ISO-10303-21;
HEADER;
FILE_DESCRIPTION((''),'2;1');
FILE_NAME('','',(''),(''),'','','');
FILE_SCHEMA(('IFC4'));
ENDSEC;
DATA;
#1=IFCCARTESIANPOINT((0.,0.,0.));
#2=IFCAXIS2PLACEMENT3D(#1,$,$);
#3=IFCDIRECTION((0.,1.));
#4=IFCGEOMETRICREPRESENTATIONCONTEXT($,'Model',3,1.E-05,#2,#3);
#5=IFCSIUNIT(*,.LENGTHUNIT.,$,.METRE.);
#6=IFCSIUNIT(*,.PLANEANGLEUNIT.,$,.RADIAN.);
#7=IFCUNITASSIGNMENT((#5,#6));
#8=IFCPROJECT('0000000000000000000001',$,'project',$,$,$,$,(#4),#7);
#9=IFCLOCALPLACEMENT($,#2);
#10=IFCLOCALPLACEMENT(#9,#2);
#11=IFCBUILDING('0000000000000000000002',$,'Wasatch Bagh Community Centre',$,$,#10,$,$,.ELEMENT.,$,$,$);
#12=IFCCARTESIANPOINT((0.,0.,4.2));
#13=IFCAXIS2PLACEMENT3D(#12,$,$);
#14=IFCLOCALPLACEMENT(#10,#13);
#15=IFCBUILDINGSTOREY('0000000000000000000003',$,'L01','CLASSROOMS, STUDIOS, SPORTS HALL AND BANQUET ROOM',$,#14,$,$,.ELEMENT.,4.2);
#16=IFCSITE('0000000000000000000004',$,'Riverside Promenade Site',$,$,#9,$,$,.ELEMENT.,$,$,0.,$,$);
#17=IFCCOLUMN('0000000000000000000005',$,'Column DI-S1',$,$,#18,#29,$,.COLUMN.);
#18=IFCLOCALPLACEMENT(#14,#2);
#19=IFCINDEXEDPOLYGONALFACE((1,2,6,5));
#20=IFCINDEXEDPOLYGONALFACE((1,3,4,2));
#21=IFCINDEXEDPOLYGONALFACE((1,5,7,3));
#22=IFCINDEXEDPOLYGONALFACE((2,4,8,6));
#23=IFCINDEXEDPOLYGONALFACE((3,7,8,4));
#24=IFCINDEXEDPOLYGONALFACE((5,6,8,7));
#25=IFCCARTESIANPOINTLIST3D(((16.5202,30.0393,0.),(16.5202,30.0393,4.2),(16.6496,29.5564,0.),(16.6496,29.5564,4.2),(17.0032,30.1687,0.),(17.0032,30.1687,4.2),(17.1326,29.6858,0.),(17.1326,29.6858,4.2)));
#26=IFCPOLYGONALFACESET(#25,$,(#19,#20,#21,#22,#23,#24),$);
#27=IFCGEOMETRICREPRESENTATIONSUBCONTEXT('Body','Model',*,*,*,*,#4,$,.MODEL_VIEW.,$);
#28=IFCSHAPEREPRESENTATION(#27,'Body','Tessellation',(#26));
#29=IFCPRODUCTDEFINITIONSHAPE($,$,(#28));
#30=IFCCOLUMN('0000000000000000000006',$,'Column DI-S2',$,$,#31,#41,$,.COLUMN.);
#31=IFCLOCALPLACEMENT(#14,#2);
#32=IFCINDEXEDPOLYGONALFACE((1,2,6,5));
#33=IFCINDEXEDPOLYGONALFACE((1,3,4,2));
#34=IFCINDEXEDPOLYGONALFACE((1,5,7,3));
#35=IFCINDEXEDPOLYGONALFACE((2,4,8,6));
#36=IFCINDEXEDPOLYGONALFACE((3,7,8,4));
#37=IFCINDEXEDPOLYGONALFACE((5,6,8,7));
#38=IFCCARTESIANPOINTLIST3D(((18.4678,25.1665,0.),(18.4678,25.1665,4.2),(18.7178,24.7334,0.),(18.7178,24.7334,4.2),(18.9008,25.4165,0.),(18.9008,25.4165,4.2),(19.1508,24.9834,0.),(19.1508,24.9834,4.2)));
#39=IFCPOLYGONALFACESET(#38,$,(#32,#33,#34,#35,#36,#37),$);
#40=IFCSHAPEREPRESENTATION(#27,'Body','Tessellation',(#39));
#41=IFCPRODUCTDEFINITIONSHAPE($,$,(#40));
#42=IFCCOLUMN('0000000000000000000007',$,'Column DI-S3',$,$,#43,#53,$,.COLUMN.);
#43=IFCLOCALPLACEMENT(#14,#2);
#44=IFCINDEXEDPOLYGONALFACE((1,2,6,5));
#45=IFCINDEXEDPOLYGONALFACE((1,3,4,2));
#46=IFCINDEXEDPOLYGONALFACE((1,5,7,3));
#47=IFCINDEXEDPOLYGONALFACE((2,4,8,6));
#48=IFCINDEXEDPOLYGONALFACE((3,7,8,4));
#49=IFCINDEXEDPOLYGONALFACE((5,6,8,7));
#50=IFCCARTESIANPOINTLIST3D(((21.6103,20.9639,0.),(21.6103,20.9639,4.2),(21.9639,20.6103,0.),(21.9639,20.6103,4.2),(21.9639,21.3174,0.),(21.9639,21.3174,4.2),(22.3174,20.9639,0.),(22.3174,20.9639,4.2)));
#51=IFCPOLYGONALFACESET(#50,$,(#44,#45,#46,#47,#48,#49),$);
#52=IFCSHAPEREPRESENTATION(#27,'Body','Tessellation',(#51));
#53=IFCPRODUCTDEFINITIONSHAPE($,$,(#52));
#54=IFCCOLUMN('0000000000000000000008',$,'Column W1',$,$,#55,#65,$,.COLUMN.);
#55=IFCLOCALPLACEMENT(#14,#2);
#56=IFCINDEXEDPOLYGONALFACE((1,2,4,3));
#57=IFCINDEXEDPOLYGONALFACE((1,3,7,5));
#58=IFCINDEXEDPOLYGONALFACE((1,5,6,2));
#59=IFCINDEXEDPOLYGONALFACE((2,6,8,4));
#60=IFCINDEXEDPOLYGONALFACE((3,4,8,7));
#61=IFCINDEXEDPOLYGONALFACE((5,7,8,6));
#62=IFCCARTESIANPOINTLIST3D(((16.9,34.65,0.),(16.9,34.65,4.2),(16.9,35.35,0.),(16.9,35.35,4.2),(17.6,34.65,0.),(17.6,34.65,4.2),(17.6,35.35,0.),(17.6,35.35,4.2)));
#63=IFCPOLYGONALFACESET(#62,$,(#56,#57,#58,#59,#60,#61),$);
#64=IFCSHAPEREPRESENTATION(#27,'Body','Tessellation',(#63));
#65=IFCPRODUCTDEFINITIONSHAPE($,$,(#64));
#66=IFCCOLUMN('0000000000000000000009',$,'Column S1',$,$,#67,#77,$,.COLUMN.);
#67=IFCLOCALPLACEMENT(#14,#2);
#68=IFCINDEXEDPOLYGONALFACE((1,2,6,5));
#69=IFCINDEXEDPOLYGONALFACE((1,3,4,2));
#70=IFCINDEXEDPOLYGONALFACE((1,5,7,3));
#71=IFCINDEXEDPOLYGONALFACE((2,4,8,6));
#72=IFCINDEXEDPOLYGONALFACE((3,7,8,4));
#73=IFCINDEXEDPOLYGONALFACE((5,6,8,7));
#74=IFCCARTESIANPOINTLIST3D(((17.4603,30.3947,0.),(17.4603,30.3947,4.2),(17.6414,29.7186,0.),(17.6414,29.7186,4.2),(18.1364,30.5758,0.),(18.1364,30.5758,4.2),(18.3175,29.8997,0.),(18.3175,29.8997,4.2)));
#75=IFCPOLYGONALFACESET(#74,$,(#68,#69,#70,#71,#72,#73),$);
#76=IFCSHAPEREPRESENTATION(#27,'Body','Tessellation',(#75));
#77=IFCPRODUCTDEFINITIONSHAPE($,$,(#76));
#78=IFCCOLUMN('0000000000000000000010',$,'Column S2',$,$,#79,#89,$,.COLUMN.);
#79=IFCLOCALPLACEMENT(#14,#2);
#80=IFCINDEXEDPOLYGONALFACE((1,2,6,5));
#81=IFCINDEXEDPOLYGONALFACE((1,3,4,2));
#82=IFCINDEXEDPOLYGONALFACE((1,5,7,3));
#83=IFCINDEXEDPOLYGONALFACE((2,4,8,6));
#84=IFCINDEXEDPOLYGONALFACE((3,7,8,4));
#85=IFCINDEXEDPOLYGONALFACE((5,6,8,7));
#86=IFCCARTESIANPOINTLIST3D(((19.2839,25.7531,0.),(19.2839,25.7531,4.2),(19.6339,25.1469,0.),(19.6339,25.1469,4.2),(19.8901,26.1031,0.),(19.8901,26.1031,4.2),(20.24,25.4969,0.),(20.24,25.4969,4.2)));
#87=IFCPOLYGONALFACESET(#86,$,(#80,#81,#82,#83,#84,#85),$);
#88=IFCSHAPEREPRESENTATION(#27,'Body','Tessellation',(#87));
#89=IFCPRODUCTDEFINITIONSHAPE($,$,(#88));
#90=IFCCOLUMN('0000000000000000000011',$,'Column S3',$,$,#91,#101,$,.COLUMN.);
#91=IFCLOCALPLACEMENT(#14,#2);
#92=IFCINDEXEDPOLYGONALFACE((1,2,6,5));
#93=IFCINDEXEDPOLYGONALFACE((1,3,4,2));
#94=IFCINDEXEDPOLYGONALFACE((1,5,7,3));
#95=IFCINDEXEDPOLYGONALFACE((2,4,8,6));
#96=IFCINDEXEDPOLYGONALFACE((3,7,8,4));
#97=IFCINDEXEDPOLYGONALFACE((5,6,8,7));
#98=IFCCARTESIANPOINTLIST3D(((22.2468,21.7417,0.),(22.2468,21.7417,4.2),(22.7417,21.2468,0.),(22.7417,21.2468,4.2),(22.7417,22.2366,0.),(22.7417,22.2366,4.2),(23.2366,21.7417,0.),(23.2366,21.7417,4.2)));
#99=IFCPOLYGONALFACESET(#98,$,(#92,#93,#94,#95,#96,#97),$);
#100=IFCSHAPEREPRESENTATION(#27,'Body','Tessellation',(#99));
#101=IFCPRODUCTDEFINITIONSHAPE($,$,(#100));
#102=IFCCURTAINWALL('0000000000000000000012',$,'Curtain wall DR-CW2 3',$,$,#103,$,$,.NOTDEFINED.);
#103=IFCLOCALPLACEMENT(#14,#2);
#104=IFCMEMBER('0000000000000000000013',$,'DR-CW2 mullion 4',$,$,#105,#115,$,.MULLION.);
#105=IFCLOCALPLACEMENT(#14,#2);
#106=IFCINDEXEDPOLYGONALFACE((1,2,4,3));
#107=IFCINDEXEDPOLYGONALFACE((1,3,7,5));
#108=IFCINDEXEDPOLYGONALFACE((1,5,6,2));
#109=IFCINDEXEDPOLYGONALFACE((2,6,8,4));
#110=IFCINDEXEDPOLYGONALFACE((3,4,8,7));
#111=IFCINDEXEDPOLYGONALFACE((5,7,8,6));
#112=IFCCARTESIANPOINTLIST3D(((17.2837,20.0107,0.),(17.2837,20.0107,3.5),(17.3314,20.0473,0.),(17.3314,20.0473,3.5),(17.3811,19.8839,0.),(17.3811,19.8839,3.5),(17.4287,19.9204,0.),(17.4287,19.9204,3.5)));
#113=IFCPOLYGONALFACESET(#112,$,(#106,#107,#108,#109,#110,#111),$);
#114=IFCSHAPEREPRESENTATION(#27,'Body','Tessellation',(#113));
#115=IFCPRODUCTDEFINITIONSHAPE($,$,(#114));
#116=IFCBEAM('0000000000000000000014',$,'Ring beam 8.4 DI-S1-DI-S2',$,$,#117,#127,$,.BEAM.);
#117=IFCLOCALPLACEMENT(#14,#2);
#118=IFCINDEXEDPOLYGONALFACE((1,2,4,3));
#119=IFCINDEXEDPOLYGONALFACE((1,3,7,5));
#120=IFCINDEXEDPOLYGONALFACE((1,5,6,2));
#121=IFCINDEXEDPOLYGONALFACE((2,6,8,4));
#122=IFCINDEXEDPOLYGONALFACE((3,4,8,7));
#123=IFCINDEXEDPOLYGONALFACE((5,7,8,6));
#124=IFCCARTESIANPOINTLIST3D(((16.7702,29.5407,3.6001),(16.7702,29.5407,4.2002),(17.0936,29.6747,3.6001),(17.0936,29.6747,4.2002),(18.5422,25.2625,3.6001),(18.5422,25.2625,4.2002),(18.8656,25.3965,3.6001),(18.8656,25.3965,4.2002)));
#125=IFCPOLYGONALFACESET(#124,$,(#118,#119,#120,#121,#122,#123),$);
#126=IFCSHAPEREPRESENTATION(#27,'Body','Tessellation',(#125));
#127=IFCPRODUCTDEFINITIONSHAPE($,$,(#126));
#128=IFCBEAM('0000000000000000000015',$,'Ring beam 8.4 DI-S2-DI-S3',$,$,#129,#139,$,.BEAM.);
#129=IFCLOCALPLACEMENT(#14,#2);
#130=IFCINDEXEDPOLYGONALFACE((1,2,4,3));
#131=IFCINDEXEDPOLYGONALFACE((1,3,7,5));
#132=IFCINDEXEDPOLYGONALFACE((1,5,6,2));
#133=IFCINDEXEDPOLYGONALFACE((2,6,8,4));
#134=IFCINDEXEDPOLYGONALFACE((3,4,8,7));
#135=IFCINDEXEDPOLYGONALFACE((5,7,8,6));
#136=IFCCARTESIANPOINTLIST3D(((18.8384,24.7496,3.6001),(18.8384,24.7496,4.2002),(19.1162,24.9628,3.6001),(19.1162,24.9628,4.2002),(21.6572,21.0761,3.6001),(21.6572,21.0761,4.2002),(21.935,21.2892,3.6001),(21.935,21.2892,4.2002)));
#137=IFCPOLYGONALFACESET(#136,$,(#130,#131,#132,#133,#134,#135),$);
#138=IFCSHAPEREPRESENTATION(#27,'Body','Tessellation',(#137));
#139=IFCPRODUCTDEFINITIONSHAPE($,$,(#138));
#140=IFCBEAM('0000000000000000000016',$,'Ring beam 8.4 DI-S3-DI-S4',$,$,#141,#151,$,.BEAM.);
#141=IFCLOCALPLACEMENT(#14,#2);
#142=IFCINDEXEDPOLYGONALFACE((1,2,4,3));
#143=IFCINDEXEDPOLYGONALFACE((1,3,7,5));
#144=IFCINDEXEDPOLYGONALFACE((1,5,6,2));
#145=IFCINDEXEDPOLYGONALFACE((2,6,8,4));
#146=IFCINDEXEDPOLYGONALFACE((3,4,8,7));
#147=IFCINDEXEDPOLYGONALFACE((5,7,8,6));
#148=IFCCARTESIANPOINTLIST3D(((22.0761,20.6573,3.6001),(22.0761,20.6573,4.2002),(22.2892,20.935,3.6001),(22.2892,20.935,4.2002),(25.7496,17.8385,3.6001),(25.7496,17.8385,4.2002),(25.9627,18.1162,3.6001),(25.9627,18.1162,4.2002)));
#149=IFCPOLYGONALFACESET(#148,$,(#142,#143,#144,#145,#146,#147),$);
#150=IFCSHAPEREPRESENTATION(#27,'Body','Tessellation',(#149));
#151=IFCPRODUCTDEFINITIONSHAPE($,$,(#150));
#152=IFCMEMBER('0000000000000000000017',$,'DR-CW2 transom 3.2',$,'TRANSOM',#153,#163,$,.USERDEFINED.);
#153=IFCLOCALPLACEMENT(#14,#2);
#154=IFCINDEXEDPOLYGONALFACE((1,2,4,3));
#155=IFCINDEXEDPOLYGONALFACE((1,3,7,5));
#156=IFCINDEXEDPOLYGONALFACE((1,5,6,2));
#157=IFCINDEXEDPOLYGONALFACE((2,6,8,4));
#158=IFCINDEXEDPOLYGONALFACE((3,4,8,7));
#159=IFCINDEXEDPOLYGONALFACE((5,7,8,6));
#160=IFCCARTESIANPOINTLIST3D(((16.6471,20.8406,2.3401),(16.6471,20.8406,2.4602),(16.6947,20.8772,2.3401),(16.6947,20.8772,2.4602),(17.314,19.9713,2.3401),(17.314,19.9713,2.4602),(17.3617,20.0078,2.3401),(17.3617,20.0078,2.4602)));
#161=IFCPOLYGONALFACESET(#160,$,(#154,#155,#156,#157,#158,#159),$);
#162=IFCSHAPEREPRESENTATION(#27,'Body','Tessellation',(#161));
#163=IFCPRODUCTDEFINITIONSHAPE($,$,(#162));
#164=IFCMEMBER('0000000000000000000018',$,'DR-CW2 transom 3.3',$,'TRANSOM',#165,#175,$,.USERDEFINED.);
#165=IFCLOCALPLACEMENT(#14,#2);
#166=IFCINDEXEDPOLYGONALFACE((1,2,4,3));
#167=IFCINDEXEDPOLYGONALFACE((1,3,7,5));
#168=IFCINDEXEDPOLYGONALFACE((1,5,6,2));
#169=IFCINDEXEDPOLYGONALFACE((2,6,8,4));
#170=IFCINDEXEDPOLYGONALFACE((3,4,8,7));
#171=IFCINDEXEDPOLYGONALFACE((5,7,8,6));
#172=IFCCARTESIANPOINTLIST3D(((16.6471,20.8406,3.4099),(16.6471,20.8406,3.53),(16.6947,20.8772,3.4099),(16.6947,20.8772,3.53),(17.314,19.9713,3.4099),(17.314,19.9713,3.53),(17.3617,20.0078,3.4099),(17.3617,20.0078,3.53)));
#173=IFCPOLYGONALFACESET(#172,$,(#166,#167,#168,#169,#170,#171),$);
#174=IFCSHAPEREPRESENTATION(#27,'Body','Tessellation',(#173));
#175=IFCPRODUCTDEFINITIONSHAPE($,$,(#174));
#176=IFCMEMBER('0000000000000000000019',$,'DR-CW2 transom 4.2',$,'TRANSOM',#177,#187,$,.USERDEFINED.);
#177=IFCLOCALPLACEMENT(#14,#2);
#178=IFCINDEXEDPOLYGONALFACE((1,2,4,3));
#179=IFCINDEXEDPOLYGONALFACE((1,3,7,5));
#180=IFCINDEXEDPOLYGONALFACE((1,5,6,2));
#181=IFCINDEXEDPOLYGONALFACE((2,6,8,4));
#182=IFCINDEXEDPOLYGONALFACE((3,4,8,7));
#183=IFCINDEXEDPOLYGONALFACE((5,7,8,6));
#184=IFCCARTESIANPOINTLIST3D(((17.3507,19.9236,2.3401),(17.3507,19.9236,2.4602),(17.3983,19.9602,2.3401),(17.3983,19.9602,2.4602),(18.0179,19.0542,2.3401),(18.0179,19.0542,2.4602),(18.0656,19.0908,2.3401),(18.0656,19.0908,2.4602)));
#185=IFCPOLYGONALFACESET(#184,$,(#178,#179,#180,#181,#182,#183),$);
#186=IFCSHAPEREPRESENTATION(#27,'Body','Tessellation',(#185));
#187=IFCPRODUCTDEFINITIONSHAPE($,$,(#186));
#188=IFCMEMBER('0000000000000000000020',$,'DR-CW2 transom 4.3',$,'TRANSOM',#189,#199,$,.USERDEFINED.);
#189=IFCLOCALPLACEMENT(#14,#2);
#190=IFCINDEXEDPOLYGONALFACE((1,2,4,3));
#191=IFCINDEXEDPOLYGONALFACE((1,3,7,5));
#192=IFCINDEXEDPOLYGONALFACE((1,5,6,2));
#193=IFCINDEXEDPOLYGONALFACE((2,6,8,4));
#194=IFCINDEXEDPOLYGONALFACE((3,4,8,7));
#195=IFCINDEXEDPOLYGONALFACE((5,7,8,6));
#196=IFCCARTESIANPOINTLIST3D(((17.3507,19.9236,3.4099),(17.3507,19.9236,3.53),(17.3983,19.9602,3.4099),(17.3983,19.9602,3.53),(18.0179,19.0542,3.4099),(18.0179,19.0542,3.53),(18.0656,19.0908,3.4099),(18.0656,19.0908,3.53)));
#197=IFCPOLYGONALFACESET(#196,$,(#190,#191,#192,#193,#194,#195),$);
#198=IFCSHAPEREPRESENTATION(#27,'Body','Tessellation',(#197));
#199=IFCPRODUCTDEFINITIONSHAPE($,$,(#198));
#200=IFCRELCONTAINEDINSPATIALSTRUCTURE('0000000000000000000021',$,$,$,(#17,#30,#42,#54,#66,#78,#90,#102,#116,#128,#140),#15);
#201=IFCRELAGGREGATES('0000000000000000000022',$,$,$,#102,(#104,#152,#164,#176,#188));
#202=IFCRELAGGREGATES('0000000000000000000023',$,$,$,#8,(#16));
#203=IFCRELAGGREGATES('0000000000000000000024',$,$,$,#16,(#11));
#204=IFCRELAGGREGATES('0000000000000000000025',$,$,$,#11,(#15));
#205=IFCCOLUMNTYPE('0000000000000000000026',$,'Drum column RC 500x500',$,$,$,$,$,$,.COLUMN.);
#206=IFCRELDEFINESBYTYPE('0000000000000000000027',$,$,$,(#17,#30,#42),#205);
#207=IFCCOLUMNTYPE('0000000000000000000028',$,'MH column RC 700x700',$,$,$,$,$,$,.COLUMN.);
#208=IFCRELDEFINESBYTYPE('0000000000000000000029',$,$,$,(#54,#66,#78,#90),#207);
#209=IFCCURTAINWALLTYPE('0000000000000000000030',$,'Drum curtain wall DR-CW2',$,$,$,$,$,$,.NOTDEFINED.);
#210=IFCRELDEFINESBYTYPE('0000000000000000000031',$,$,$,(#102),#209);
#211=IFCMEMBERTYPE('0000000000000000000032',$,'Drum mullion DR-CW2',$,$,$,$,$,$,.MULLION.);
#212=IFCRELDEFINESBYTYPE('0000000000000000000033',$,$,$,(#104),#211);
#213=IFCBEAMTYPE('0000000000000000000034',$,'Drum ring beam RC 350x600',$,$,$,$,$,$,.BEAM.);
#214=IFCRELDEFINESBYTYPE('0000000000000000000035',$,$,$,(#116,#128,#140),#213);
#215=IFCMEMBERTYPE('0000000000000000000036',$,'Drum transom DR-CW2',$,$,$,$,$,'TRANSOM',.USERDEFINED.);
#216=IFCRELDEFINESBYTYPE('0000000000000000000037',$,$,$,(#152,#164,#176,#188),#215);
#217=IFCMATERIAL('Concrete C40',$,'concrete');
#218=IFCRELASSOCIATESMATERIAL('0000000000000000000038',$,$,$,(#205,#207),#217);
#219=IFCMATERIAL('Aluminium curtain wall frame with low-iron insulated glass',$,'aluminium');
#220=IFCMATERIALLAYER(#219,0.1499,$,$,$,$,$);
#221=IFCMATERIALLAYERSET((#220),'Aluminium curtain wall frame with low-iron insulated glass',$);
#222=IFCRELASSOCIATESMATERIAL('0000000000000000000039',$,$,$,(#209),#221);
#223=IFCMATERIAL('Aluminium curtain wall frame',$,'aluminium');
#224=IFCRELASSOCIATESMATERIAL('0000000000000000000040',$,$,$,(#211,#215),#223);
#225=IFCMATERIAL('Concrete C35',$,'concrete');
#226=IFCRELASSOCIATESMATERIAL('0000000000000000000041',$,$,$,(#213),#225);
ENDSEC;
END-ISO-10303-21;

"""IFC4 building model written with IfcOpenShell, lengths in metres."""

from ifc_helpers import new_model, si_unit, direction, frame, origin, origin_2d, place, context, subcontext, project, spatial, rectangle, extrude, material, layer, layer_set, material_profile, profile_set, type_object, element, aggregate, save


model = new_model("IFC4")

# Units and contexts
model_context = context("Model", 3, precision=1e-05, world=origin(), true_north=direction((0.0, 1.0)))
body_context = subcontext(model_context, "Body", "Model", "MODEL_VIEW")
ifc_project = project(units=[si_unit("LENGTHUNIT", "METRE"), si_unit("PLANEANGLEUNIT", "RADIAN")], contexts=[model_context])

# Site, building, storey
site_placement = place(None, origin())
site = spatial("IfcSite", under=ifc_project, at=site_placement, Name="Riverside Promenade Site", CompositionType="ELEMENT", RefElevation=0.0)
building_placement = place(site_placement, origin())
building = spatial("IfcBuilding", under=site, at=building_placement, Name="Wasatch Bagh Community Centre", CompositionType="ELEMENT")
storey_placement = place(building_placement, frame((0.0, 0.0, 4.2)))
storey = spatial("IfcBuildingStorey", under=building, at=storey_placement, Name="L01", Description="CLASSROOMS, STUDIOS, SPORTS HALL AND BANQUET ROOM", CompositionType="ELEMENT", Elevation=4.2)

# Columns
ifc_material_1 = material(Name="Concrete C40", Category="concrete")
ifc_material_profile_1 = material_profile(ifc_material_1, rectangle(XDim=0.5, YDim=0.5, at=origin_2d()), Name="RC 500x500")
ifc_profile_set_1 = profile_set([ifc_material_profile_1], Name="Concrete C40")
column_type_1 = type_object("IfcColumnType", Name="Drum column RC 500x500", PredefinedType="COLUMN", material=ifc_profile_set_1)
for number, where, z_axis, x_axis, name in (
    (1, (16.8264, 29.8625, 0.0), (0.0, 0.0, 1.0), (0.965926, 0.258819, 0.0), "Column DI-S1"),
    (2, (18.8093, 25.075, 0.0), (0.0, 0.0, 1.0), (0.866025, 0.5, 0.0), "Column DI-S2"),
    (3, (21.9639, 20.9639, 0.0), (0.0, 0.0, 1.0), (0.707107, 0.707107, 0.0), "Column DI-S3"),
):
    element("IfcColumn", number, at=place(storey_placement, frame(where, z_axis=z_axis, x_axis=x_axis)), inside=storey, type_object=column_type_1, Name=name, PredefinedType="COLUMN", context=body_context, shape_type="SweptSolid", body=[
        extrude(rectangle(XDim=0.5, YDim=0.5, at=origin_2d()), origin(), (0.0, 0.0, 1.0), 4.2),
    ])
ifc_material_profile_2 = material_profile(ifc_material_1, rectangle(XDim=0.7, YDim=0.7, at=origin_2d()), Name="RC 700x700")
ifc_profile_set_2 = profile_set([ifc_material_profile_2], Name="Concrete C40")
column_type_2 = type_object("IfcColumnType", Name="MH column RC 700x700", PredefinedType="COLUMN", material=ifc_profile_set_2)
for number, where, z_axis, x_axis, name in (
    (4, (17.25, 35.0, 0.0), (0.0, 0.0, 1.0), (1.0, 0.0, 0.0), "Column W1"),
    (5, (17.8889, 30.1472, 0.0), (0.0, 0.0, 1.0), (0.965926, 0.258819, 0.0), "Column S1"),
    (6, (19.762, 25.625, 0.0), (0.0, 0.0, 1.0), (0.866025, 0.5, 0.0), "Column S2"),
    (7, (22.7417, 21.7417, 0.0), (0.0, 0.0, 1.0), (0.707107, 0.707107, 0.0), "Column S3"),
):
    element("IfcColumn", number, at=place(storey_placement, frame(where, z_axis=z_axis, x_axis=x_axis)), inside=storey, type_object=column_type_2, Name=name, PredefinedType="COLUMN", context=body_context, shape_type="SweptSolid", body=[
        extrude(rectangle(XDim=0.7, YDim=0.7, at=origin_2d()), origin(), (0.0, 0.0, 1.0), 4.2),
    ])

# Curtain wall, member
ifc_material_2 = material(Name="Aluminium curtain wall frame with low-iron insulated glass", Category="aluminium")
ifc_layer_1 = layer(ifc_material_2, 0.1499)
ifc_layer_set_1 = layer_set([ifc_layer_1], Name="Aluminium curtain wall frame with low-iron insulated glass")
curtain_wall_type = type_object("IfcCurtainWallType", Name="Drum curtain wall DR-CW2", PredefinedType="NOTDEFINED", material=ifc_layer_set_1)
curtain_wall_placement = place(storey_placement, origin())
curtain_wall = element("IfcCurtainWall", 8, at=curtain_wall_placement, inside=storey, type_object=curtain_wall_type, Name="Curtain wall DR-CW2 3", PredefinedType="NOTDEFINED")
ifc_material_3 = material(Name="Aluminium curtain wall frame", Category="aluminium")
ifc_material_profile_3 = material_profile(ifc_material_3, rectangle(XDim=0.0601, YDim=0.1599, at=origin_2d()), Name="Drum mullion DR-CW2")
ifc_profile_set_3 = profile_set([ifc_material_profile_3], Name="Aluminium curtain wall frame")
member_type_1 = type_object("IfcMemberType", Name="Drum mullion DR-CW2", PredefinedType="MULLION", material=ifc_profile_set_3)
member_1_placement = place(storey_placement, frame((17.3562, 19.9656, 0.0), z_axis=(0.0, 0.0, 1.0), x_axis=(0.793353, 0.608761, 0.0)))
member_1 = element("IfcMember", 9, at=member_1_placement, type_object=member_type_1, Name="DR-CW2 mullion 4", PredefinedType="MULLION", context=body_context, shape_type="SweptSolid", body=[
    extrude(rectangle(XDim=0.0601, YDim=0.1599, at=origin_2d()), origin(), (0.0, 0.0, 1.0), 3.5),
])

# Beams
ifc_material_4 = material(Name="Concrete C35", Category="concrete")
ifc_material_profile_4 = material_profile(ifc_material_4, rectangle(XDim=0.3501, YDim=0.6001, at=origin_2d()), Name="RC 350x600")
ifc_profile_set_4 = profile_set([ifc_material_profile_4], Name="Concrete C35")
beam_type_1 = type_object("IfcBeamType", Name="Drum ring beam RC 350x600", PredefinedType="BEAM", material=ifc_profile_set_4)
beam_placement = place(storey_placement, frame((16.9319, 29.6077, 3.9001), z_axis=(0.382672, -0.923884, 0.0), x_axis=(0.923884, 0.382672, 0.0)))
element("IfcBeam", 10, at=beam_placement, inside=storey, type_object=beam_type_1, Name="Ring beam 8.4 DI-S1-DI-S2", PredefinedType="BEAM", context=body_context, shape_type="SweptSolid", body=[
    extrude(rectangle(XDim=0.3501, YDim=0.6001, at=origin_2d()), origin(), (0.0, 0.0, 1.0), 4.6306),
])
for number, where, z_axis, x_axis, name in (
    (11, (18.9773, 24.8562, 3.9001), (0.608762, -0.793353, 0.0), (0.793353, 0.608762, 0.0), "Ring beam 8.4 DI-S2-DI-S3"),
    (12, (22.1826, 20.7961, 3.9001), (0.793353, -0.608762, 0.0), (0.608762, 0.793353, 0.0), "Ring beam 8.4 DI-S3-DI-S4"),
):
    element("IfcBeam", number, at=place(storey_placement, frame(where, z_axis=z_axis, x_axis=x_axis)), inside=storey, type_object=beam_type_1, Name=name, PredefinedType="BEAM", context=body_context, shape_type="SweptSolid", body=[
        extrude(rectangle(XDim=0.3501, YDim=0.6001, at=origin_2d()), origin(), (0.0, 0.0, 1.0), 4.6304),
    ])

# Members
ifc_material_profile_5 = material_profile(ifc_material_3, rectangle(XDim=0.0601, YDim=0.1201, at=origin_2d()), Name="Drum transom DR-CW2")
ifc_profile_set_5 = profile_set([ifc_material_profile_5], Name="Aluminium curtain wall frame")
member_type_2 = type_object("IfcMemberType", Name="Drum transom DR-CW2", ElementType="TRANSOM", PredefinedType="USERDEFINED", material=ifc_profile_set_5)
member_2_placement = place(storey_placement, frame((16.6709, 20.8589, 2.4001), z_axis=(0.608698, -0.793402, 0.0), x_axis=(0.793402, 0.608698, 0.0)))
member_2 = element("IfcMember", 13, at=member_2_placement, type_object=member_type_2, Name="DR-CW2 transom 3.2", ObjectType="TRANSOM", PredefinedType="USERDEFINED", context=body_context, shape_type="SweptSolid", body=[
    extrude(rectangle(XDim=0.0601, YDim=0.1201, at=origin_2d()), origin(), (0.0, 0.0, 1.0), 1.0957),
])
member_3_placement = place(storey_placement, frame((16.6709, 20.8589, 3.47), z_axis=(0.608698, -0.793402, 0.0), x_axis=(0.793402, 0.608698, 0.0)))
member_3 = element("IfcMember", 14, at=member_3_placement, type_object=member_type_2, Name="DR-CW2 transom 3.3", ObjectType="TRANSOM", PredefinedType="USERDEFINED", context=body_context, shape_type="SweptSolid", body=[
    extrude(rectangle(XDim=0.0601, YDim=0.1201, at=origin_2d()), origin(), (0.0, 0.0, 1.0), 1.0957),
])
member_4_placement = place(storey_placement, frame((17.3745, 19.9419, 2.4001), z_axis=(0.608838, -0.793294, 0.0), x_axis=(0.793294, 0.608838, 0.0)))
member_4 = element("IfcMember", 15, at=member_4_placement, type_object=member_type_2, Name="DR-CW2 transom 4.2", ObjectType="TRANSOM", PredefinedType="USERDEFINED", context=body_context, shape_type="SweptSolid", body=[
    extrude(rectangle(XDim=0.0601, YDim=0.1201, at=origin_2d()), origin(), (0.0, 0.0, 1.0), 1.0959),
])
member_5_placement = place(storey_placement, frame((17.3745, 19.9419, 3.47), z_axis=(0.608838, -0.793294, 0.0), x_axis=(0.793294, 0.608838, 0.0)))
member_5 = element("IfcMember", 16, at=member_5_placement, type_object=member_type_2, Name="DR-CW2 transom 4.3", ObjectType="TRANSOM", PredefinedType="USERDEFINED", context=body_context, shape_type="SweptSolid", body=[
    extrude(rectangle(XDim=0.0601, YDim=0.1201, at=origin_2d()), origin(), (0.0, 0.0, 1.0), 1.0959),
])

aggregate(curtain_wall, [member_1, member_2, member_3, member_4, member_5])

save(model, "model.ifc")
